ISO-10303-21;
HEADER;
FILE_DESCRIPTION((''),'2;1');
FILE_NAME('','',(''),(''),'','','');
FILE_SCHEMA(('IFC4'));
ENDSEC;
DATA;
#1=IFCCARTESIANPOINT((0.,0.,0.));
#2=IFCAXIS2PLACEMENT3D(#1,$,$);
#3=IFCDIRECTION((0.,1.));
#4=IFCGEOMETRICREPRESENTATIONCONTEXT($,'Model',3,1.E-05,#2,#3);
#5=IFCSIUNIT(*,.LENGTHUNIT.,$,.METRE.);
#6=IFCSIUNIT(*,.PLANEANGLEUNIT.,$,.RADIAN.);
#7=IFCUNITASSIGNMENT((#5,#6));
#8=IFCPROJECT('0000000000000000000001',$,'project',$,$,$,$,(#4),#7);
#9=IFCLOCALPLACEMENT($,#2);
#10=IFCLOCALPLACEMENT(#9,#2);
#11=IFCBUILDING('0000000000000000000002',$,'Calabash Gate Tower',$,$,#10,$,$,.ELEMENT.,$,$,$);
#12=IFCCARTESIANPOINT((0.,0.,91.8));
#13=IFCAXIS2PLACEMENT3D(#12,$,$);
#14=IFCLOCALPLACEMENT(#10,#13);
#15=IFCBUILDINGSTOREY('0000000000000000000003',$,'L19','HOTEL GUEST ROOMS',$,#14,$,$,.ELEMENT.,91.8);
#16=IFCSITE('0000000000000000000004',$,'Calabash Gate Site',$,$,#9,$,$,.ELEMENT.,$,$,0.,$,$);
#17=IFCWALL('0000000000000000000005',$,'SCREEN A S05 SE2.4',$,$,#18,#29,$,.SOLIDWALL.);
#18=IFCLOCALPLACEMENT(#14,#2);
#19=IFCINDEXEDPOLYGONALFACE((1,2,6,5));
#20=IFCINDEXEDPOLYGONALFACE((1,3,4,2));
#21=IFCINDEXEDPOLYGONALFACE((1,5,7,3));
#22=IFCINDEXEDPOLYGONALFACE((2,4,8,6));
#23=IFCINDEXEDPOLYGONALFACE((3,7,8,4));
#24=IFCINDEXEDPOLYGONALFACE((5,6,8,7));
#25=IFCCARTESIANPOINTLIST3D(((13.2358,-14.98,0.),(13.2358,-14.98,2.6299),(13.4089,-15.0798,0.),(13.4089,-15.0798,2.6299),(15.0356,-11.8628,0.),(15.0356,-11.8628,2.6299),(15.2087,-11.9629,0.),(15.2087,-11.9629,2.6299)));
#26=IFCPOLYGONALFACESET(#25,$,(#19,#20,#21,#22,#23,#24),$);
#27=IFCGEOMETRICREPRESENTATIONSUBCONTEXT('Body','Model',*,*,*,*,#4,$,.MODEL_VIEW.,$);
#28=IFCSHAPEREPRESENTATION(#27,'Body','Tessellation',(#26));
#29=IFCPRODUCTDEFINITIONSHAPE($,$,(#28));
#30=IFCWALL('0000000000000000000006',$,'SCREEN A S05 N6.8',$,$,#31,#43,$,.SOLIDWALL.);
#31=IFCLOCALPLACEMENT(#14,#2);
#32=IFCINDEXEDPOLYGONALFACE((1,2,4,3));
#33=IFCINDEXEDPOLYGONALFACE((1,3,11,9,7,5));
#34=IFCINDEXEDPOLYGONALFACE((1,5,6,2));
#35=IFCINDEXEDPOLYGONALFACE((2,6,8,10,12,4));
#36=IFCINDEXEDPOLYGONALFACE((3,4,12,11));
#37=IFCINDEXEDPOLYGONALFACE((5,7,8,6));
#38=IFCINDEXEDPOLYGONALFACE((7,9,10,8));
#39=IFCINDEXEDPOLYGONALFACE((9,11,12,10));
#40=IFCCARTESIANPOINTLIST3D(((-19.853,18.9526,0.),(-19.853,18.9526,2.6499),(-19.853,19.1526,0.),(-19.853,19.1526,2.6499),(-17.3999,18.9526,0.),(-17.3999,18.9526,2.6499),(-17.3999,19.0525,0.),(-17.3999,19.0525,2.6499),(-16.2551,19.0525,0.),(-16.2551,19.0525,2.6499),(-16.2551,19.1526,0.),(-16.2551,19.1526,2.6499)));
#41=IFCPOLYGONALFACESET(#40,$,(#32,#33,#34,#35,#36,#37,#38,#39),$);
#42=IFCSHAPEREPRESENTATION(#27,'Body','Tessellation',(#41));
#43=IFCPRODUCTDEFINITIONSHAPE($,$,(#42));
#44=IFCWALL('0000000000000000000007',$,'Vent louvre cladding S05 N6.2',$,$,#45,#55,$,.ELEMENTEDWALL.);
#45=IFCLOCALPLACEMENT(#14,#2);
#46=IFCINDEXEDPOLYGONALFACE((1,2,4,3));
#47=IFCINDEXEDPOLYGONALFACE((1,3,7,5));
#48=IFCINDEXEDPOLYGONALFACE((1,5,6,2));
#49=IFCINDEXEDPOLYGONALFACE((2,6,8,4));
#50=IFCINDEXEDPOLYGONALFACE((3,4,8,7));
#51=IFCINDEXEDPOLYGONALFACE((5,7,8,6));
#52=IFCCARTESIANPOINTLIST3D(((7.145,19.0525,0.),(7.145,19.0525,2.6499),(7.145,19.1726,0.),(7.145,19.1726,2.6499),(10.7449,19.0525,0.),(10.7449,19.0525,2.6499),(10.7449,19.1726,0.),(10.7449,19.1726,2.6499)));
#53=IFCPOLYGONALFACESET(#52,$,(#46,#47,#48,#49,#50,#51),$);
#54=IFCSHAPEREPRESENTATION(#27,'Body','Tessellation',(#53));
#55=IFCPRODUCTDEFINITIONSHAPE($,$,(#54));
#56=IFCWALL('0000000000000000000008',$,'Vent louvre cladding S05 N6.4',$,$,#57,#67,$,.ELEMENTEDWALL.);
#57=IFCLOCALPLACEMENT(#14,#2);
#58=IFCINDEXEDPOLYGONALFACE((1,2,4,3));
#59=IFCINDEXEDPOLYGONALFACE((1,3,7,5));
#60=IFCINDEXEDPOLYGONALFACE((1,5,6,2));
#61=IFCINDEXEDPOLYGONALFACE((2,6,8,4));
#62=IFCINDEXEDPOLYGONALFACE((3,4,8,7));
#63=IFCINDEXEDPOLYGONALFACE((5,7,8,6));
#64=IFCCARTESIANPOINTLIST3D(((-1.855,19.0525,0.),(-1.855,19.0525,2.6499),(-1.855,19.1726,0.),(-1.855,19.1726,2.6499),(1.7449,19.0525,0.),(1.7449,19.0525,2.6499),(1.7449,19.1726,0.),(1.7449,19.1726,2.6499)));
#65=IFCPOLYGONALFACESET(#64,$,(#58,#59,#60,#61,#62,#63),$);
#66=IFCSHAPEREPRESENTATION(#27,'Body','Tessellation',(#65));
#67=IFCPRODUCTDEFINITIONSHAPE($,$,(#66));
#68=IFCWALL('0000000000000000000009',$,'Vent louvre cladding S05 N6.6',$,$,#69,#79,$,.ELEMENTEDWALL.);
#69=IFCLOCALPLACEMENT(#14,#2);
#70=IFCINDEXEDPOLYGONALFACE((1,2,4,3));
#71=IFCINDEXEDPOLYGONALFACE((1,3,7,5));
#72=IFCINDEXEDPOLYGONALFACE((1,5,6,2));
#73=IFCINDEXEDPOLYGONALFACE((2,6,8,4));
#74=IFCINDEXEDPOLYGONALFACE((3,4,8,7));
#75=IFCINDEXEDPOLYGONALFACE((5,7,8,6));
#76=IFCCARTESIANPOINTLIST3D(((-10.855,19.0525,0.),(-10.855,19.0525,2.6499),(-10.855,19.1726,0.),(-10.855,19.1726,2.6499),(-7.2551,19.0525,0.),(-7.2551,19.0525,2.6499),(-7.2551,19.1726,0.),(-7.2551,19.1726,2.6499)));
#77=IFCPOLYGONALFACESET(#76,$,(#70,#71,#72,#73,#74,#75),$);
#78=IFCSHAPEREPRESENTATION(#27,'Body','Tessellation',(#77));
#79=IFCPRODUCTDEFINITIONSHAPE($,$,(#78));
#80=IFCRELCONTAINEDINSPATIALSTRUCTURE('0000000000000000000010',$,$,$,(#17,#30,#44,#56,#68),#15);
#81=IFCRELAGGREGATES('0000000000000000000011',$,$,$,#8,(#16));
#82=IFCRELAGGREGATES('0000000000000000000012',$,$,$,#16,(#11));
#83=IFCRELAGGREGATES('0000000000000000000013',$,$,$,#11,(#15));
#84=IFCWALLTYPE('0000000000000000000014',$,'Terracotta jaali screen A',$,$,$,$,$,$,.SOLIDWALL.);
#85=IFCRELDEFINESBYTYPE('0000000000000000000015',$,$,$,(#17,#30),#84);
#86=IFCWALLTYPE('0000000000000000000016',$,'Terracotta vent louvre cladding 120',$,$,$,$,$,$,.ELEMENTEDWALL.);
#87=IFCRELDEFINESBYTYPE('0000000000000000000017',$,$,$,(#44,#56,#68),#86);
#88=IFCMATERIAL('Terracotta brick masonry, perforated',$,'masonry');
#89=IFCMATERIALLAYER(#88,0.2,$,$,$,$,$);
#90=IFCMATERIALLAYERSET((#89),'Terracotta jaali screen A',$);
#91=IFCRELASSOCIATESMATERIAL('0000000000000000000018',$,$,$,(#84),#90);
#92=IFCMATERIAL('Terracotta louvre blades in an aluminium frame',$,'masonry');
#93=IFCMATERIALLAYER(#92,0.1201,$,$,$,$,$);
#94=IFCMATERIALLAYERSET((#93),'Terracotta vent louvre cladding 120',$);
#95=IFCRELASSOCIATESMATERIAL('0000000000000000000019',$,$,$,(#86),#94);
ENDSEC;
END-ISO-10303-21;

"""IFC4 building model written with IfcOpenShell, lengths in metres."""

from ifc_helpers import new_model, si_unit, direction, frame, origin, place, context, subcontext, project, spatial, polyline, outline, extrude, material, layer, layer_set, type_object, element, save


model = new_model("IFC4")

# Units and contexts
model_context = context("Model", 3, precision=1e-05, world=origin(), true_north=direction((0.0, 1.0)))
body_context = subcontext(model_context, "Body", "Model", "MODEL_VIEW")
ifc_project = project(units=[si_unit("LENGTHUNIT", "METRE"), si_unit("PLANEANGLEUNIT", "RADIAN")], contexts=[model_context])

# Site, building, storey
site_placement = place(None, origin())
site = spatial("IfcSite", under=ifc_project, at=site_placement, Name="Calabash Gate Site", CompositionType="ELEMENT", RefElevation=0.0)
building_placement = place(site_placement, origin())
building = spatial("IfcBuilding", under=site, at=building_placement, Name="Calabash Gate Tower", CompositionType="ELEMENT")
storey_placement = place(building_placement, frame((0.0, 0.0, 91.8)))
storey = spatial("IfcBuildingStorey", under=building, at=storey_placement, Name="L19", Description="HOTEL GUEST ROOMS", CompositionType="ELEMENT", Elevation=91.8)

# Walls
ifc_material_1 = material(Name="Terracotta brick masonry, perforated", Category="masonry")
ifc_layer_1 = layer(ifc_material_1, 0.2)
ifc_layer_set_1 = layer_set([ifc_layer_1], Name="Terracotta jaali screen A")
wall_type_1 = type_object("IfcWallType", Name="Terracotta jaali screen A", PredefinedType="SOLIDWALL", material=ifc_layer_set_1)
wall_1_placement = place(storey_placement, origin())
element("IfcWall", 1, at=wall_1_placement, inside=storey, type_object=wall_type_1, Name="SCREEN A S05 SE2.4", PredefinedType="SOLIDWALL", context=body_context, shape_type="SweptSolid", body=[
    extrude(outline(polyline([(13.4089, -15.0798), (15.2087, -11.9629), (15.0356, -11.8628), (13.2358, -14.98), (13.4089, -15.0798)])), origin(), (0.0, 0.0, 1.0), 2.6299),
])
wall_2_placement = place(storey_placement, origin())
element("IfcWall", 2, at=wall_2_placement, inside=storey, type_object=wall_type_1, Name="SCREEN A S05 N6.8", PredefinedType="SOLIDWALL", context=body_context, shape_type="SweptSolid", body=[
    extrude(outline(polyline([(-16.2551, 19.0525), (-16.2551, 19.1526), (-19.853, 19.1526), (-19.853, 18.9526), (-17.3999, 18.9526), (-17.3999, 19.0525), (-16.2551, 19.0525)])), origin(), (0.0, 0.0, 1.0), 2.6499),
])
ifc_material_2 = material(Name="Terracotta louvre blades in an aluminium frame", Category="masonry")
ifc_layer_2 = layer(ifc_material_2, 0.1201)
ifc_layer_set_2 = layer_set([ifc_layer_2], Name="Terracotta vent louvre cladding 120")
wall_type_2 = type_object("IfcWallType", Name="Terracotta vent louvre cladding 120", PredefinedType="ELEMENTEDWALL", material=ifc_layer_set_2)
wall_3_placement = place(storey_placement, origin())
element("IfcWall", 3, at=wall_3_placement, inside=storey, type_object=wall_type_2, Name="Vent louvre cladding S05 N6.2", PredefinedType="ELEMENTEDWALL", context=body_context, shape_type="SweptSolid", body=[
    extrude(outline(polyline([(7.145, 19.1726), (7.145, 19.0525), (10.7449, 19.0525), (10.7449, 19.1726), (7.145, 19.1726)])), origin(), (0.0, 0.0, 1.0), 2.6499),
])
wall_4_placement = place(storey_placement, origin())
element("IfcWall", 4, at=wall_4_placement, inside=storey, type_object=wall_type_2, Name="Vent louvre cladding S05 N6.4", PredefinedType="ELEMENTEDWALL", context=body_context, shape_type="SweptSolid", body=[
    extrude(outline(polyline([(-1.855, 19.1726), (-1.855, 19.0525), (1.7449, 19.0525), (1.7449, 19.1726), (-1.855, 19.1726)])), origin(), (0.0, 0.0, 1.0), 2.6499),
])
wall_5_placement = place(storey_placement, origin())
element("IfcWall", 5, at=wall_5_placement, inside=storey, type_object=wall_type_2, Name="Vent louvre cladding S05 N6.6", PredefinedType="ELEMENTEDWALL", context=body_context, shape_type="SweptSolid", body=[
    extrude(outline(polyline([(-10.855, 19.1726), (-10.855, 19.0525), (-7.2551, 19.0525), (-7.2551, 19.1726), (-10.855, 19.1726)])), origin(), (0.0, 0.0, 1.0), 2.6499),
])

save(model, "model.ifc")
